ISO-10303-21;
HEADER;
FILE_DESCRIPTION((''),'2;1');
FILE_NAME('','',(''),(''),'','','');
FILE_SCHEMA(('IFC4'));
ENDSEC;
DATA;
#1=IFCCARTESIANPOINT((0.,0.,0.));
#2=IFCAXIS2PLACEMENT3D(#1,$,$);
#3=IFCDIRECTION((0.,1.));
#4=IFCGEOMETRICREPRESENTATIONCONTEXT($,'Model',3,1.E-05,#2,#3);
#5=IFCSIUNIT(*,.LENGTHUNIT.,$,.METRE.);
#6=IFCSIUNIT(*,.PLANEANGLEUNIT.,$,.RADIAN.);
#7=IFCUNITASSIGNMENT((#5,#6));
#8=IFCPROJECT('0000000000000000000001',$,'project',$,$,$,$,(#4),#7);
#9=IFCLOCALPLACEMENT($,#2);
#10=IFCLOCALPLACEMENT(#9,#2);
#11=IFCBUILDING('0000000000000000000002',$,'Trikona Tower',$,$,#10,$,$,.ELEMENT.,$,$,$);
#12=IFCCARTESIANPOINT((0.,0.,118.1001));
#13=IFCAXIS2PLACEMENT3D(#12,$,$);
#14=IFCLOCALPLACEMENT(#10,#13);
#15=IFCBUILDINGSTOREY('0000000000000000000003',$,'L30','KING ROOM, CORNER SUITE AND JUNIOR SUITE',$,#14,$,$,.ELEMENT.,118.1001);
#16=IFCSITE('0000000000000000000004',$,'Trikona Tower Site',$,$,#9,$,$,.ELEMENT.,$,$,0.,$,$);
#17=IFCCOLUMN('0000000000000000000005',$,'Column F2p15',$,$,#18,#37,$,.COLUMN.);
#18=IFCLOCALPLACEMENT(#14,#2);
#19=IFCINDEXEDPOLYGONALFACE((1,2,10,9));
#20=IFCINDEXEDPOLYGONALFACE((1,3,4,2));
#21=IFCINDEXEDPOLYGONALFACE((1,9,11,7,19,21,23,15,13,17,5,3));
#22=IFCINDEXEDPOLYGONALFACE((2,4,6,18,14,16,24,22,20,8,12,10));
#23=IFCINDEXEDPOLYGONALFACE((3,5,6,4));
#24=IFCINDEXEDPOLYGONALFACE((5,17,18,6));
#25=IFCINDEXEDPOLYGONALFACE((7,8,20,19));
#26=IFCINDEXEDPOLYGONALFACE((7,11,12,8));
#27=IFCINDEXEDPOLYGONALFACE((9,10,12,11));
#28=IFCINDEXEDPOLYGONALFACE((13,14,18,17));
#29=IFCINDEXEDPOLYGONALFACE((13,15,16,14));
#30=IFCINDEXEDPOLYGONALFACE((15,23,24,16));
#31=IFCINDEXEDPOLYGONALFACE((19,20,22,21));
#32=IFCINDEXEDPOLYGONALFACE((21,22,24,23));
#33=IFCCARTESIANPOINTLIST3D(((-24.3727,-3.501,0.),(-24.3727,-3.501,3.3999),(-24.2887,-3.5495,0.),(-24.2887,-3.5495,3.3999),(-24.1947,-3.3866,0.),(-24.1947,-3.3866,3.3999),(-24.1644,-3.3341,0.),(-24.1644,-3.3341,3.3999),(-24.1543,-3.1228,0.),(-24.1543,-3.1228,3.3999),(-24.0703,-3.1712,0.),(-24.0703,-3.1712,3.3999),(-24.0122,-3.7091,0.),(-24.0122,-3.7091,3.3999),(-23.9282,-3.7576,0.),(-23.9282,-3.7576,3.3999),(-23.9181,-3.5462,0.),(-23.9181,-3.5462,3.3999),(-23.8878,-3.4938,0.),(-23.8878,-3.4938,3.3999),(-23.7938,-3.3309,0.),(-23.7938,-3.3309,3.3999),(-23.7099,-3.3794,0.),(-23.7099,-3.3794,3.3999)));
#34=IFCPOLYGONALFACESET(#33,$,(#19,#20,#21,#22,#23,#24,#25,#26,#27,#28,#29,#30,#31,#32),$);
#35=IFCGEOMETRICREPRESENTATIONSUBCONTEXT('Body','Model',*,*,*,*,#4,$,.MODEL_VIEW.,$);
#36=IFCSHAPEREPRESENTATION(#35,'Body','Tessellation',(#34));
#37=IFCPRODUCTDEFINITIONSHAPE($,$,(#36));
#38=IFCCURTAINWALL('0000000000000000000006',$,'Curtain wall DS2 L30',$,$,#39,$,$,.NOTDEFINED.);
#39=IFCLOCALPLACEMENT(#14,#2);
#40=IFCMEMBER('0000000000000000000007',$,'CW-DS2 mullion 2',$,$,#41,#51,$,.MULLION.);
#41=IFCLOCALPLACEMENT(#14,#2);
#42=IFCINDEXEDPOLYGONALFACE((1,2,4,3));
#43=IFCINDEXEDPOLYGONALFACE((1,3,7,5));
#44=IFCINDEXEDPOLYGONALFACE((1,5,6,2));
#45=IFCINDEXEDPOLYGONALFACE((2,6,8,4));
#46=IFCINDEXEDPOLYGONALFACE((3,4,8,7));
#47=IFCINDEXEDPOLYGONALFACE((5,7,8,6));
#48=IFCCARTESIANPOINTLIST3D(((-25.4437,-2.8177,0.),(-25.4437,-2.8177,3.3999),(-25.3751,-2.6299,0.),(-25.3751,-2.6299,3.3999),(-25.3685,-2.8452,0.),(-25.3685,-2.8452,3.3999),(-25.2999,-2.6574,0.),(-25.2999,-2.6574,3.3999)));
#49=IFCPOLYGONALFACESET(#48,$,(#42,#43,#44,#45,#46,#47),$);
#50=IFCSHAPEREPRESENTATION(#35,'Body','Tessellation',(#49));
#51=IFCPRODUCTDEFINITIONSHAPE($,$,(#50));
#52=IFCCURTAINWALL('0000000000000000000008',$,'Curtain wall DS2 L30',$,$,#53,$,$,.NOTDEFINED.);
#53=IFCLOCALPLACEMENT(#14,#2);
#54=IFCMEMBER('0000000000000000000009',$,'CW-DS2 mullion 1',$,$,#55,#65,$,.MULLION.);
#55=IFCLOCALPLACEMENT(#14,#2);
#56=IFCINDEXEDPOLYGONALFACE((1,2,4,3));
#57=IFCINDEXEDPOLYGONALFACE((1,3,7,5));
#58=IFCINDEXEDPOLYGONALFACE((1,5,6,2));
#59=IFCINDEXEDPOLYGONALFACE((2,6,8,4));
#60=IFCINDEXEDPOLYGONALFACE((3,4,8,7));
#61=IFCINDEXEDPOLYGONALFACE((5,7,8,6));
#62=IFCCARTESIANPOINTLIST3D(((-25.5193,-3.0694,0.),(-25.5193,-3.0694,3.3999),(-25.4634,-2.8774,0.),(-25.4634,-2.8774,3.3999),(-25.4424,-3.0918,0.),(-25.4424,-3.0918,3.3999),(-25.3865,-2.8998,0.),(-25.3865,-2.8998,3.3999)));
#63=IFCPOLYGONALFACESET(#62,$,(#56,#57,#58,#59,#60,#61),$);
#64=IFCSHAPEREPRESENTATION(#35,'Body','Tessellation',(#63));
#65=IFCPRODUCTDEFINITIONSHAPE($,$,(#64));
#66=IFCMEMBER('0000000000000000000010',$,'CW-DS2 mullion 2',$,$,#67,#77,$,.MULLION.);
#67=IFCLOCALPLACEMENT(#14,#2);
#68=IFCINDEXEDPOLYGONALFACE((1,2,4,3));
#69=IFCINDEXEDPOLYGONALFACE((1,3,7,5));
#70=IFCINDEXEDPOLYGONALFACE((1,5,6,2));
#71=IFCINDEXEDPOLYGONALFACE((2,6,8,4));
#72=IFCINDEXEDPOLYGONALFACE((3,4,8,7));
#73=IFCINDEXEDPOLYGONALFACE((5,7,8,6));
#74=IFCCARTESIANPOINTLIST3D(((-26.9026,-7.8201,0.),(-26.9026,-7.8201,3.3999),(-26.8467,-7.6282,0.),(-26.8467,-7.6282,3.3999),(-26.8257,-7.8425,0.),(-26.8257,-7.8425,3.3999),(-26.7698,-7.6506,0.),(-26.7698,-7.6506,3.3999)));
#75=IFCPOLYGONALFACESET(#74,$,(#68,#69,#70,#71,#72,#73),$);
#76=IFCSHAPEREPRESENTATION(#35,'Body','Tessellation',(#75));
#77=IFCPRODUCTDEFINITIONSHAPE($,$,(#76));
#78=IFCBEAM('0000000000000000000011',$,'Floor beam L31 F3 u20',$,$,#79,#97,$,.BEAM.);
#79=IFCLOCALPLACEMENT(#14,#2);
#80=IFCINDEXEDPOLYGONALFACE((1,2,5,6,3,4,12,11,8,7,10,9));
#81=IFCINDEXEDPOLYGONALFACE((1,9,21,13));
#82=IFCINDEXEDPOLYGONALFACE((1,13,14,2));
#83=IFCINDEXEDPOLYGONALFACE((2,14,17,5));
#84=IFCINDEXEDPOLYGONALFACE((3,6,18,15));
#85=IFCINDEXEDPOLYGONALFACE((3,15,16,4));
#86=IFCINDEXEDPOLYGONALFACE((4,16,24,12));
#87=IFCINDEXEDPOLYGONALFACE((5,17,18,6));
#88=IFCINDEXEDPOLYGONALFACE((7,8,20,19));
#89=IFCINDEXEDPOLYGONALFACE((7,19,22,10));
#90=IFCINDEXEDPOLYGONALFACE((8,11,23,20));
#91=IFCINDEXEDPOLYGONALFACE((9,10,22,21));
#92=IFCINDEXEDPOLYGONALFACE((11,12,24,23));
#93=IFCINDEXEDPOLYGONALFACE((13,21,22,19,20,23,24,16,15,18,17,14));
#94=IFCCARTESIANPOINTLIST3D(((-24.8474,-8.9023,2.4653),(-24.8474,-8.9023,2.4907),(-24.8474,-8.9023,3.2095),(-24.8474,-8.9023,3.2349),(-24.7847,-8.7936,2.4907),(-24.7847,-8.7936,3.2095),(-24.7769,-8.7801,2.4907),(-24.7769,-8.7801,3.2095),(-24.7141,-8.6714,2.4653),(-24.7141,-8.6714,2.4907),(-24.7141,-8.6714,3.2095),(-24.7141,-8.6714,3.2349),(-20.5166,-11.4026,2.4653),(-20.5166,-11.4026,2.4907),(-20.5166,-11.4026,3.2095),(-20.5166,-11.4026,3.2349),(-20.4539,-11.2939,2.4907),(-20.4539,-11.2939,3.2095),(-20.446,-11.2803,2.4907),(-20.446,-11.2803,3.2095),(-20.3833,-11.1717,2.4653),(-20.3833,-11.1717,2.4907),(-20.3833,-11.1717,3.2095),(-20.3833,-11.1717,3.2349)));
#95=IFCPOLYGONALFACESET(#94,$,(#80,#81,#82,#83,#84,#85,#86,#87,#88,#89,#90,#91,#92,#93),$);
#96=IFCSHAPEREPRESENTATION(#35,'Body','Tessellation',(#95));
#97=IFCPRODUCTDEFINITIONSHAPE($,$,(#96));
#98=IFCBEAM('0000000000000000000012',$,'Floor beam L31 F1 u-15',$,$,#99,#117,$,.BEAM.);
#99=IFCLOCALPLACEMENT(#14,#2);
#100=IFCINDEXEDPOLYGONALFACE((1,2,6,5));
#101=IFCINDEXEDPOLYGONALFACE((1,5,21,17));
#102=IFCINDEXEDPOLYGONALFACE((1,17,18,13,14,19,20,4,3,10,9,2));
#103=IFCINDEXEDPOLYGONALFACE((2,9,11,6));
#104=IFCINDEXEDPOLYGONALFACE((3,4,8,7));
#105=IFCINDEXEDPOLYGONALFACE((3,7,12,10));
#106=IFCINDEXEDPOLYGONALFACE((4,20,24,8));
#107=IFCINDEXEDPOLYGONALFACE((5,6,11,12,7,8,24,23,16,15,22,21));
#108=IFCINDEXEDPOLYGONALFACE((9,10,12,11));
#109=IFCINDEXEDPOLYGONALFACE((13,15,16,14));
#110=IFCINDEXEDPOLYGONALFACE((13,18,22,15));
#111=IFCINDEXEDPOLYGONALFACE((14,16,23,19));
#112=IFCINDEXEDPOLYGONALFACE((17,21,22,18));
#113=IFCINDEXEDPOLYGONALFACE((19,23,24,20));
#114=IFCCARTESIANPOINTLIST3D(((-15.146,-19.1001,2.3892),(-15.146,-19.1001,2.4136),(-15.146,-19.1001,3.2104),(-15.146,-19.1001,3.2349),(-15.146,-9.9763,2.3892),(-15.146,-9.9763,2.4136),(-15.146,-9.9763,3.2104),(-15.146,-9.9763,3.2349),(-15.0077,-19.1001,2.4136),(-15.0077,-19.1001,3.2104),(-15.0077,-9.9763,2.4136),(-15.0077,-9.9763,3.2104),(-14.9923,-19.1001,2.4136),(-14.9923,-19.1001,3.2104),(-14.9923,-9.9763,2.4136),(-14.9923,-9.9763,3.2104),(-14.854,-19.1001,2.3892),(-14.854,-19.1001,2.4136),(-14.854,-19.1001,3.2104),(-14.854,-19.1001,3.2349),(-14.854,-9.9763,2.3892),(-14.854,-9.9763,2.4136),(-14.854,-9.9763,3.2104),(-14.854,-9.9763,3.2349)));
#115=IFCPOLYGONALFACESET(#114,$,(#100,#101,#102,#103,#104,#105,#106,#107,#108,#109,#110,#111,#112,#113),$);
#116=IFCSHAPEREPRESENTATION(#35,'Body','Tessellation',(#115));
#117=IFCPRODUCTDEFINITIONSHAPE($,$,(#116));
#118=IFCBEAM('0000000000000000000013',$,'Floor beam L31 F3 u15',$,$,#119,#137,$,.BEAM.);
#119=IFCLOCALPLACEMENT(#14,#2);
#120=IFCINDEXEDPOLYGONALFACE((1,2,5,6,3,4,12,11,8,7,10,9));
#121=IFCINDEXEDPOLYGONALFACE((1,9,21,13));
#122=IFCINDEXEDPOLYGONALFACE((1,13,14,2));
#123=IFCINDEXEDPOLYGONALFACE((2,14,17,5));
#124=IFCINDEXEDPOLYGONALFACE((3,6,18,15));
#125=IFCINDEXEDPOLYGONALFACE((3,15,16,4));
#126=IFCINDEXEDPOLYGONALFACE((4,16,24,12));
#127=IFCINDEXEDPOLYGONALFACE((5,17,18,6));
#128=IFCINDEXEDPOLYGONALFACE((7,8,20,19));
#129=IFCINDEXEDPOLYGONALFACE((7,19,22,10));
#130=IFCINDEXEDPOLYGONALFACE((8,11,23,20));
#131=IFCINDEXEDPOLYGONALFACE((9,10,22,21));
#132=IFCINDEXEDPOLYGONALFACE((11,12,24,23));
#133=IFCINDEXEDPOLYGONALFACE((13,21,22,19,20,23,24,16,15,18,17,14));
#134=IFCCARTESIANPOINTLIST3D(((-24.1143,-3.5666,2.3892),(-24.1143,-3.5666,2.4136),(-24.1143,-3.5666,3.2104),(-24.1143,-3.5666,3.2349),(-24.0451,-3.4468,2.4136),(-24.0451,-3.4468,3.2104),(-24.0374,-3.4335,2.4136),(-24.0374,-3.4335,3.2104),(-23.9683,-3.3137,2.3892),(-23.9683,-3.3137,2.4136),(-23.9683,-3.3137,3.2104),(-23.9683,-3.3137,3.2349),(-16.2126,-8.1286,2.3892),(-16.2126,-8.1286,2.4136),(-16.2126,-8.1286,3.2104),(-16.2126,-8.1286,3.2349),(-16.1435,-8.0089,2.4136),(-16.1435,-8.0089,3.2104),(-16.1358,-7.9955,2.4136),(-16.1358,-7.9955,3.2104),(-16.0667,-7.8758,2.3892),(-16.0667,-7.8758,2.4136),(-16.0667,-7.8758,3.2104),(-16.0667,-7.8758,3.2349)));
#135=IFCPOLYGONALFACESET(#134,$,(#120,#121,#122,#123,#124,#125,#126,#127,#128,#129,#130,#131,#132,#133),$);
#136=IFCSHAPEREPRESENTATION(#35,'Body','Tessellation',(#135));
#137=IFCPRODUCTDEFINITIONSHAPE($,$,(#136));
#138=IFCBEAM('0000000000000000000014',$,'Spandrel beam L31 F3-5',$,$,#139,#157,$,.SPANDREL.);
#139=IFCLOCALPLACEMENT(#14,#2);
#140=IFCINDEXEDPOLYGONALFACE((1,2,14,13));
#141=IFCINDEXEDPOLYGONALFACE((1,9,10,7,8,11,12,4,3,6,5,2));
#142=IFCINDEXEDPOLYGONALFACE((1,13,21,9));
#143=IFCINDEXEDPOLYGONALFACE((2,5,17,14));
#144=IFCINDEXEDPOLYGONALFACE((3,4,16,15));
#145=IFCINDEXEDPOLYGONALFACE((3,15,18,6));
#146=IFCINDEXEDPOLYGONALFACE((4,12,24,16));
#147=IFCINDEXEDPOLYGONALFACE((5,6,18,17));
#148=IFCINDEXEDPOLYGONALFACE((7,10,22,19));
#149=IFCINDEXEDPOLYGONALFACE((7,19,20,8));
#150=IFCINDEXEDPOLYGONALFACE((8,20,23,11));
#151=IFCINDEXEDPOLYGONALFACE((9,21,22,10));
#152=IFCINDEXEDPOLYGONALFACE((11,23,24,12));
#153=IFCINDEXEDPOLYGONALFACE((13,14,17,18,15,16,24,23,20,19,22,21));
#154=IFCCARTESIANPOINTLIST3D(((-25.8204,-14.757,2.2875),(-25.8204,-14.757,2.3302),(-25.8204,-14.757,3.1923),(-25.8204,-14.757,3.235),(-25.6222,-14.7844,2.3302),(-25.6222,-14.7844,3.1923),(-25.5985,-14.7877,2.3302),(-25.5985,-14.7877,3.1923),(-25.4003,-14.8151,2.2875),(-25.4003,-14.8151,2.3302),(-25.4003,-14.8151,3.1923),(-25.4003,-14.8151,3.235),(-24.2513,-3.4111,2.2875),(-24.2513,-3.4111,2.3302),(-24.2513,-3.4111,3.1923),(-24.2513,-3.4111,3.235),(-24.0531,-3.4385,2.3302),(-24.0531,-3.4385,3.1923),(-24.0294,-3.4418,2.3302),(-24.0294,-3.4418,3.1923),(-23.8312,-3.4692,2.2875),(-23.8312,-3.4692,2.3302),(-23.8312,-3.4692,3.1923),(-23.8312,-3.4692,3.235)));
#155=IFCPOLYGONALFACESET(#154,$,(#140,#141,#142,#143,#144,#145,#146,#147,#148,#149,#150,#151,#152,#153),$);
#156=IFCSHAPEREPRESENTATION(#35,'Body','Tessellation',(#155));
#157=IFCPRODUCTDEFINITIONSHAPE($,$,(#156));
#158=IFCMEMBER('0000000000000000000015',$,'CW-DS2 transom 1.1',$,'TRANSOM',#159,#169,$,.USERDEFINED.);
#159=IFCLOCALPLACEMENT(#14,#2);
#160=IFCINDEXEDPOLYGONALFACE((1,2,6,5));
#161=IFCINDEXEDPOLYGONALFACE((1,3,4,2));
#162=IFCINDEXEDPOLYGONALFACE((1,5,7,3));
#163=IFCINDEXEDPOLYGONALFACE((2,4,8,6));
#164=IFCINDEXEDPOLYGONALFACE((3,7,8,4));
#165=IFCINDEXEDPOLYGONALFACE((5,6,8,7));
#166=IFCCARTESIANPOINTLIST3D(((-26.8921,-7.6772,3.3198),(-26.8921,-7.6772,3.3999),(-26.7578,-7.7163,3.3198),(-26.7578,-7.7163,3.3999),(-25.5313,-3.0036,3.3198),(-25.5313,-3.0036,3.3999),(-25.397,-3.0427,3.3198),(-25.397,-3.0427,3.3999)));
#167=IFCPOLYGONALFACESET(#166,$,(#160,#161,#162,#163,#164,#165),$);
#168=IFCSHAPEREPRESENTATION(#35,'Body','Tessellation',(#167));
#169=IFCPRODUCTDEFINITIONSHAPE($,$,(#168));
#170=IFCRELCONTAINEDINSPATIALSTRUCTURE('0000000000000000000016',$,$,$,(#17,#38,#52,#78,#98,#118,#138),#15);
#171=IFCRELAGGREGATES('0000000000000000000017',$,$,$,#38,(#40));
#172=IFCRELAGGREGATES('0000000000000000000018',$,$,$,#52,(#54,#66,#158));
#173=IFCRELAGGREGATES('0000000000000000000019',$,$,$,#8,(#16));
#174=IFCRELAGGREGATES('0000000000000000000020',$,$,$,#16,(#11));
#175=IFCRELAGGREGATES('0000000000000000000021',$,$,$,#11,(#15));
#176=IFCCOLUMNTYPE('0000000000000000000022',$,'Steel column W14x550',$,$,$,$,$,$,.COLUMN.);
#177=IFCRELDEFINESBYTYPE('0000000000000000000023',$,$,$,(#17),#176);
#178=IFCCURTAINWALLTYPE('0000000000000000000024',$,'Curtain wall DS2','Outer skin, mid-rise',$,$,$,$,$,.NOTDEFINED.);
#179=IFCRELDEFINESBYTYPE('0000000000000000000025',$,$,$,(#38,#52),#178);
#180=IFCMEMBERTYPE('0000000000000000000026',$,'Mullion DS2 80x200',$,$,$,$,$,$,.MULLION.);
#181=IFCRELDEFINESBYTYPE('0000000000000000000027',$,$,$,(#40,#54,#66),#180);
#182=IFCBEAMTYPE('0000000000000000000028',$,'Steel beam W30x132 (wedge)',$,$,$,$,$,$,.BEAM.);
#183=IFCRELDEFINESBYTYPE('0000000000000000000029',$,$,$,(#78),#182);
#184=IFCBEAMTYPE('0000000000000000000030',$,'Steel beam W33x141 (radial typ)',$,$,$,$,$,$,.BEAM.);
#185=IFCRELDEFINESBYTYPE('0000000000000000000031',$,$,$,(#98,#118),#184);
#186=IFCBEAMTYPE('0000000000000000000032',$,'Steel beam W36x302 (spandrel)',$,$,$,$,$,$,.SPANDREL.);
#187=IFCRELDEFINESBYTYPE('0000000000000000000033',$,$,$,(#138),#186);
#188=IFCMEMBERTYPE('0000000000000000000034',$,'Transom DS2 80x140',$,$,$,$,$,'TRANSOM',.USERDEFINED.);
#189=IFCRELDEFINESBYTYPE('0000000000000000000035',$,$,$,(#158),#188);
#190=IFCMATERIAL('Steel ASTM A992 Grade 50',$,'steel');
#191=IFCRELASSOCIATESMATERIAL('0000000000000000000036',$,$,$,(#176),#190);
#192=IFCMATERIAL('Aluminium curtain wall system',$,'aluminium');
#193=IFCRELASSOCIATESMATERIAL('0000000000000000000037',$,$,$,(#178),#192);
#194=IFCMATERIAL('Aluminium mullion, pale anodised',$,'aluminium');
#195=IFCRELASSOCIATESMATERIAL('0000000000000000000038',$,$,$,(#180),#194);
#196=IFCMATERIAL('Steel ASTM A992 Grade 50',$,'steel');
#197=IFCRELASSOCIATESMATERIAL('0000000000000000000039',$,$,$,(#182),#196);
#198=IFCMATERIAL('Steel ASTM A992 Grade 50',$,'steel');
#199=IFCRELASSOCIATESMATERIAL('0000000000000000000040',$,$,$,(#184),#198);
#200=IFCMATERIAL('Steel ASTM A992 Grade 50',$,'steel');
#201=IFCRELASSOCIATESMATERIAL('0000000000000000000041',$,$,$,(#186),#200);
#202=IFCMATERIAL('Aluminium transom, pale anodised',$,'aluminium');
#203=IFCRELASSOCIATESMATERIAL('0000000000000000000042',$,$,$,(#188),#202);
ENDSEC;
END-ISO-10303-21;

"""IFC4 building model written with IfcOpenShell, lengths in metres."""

from ifc_helpers import new_model, si_unit, direction, frame, origin, origin_2d, place, context, subcontext, project, spatial, rectangle, i_section, extrude, material, material_profile, profile_set, type_object, element, aggregate, save


model = new_model("IFC4")

# Units and contexts
model_context = context("Model", 3, precision=1e-05, world=origin(), true_north=direction((0.0, 1.0)))
body_context = subcontext(model_context, "Body", "Model", "MODEL_VIEW")
ifc_project = project(units=[si_unit("LENGTHUNIT", "METRE"), si_unit("PLANEANGLEUNIT", "RADIAN")], contexts=[model_context])

# Site, building, storey
site_placement = place(None, origin())
site = spatial("IfcSite", under=ifc_project, at=site_placement, Name="Trikona Tower Site", CompositionType="ELEMENT", RefElevation=0.0)
building_placement = place(site_placement, origin())
building = spatial("IfcBuilding", under=site, at=building_placement, Name="Trikona Tower", CompositionType="ELEMENT")
storey_placement = place(building_placement, frame((0.0, 0.0, 118.1001)))
storey = spatial("IfcBuildingStorey", under=building, at=storey_placement, Name="L30", Description="KING ROOM, CORNER SUITE AND JUNIOR SUITE", CompositionType="ELEMENT", Elevation=118.1001)

# Column
ifc_material_1 = material(Name="Steel ASTM A992 Grade 50", Category="steel")
ifc_material_profile_1 = material_profile(ifc_material_1, i_section(OverallWidth=0.4368, OverallDepth=0.5132, WebThickness=0.0605, FlangeThickness=0.0969, at=origin_2d()), Name="W14X550")
ifc_profile_set_1 = profile_set([ifc_material_profile_1], Name="Steel ASTM A992 Grade 50")
column_type = type_object("IfcColumnType", Name="Steel column W14x550", PredefinedType="COLUMN", material=ifc_profile_set_1)
column_placement = place(storey_placement, frame((-24.0413, -3.4402, 0.0), z_axis=(0.0, 0.0, 1.0), x_axis=(-0.5, -0.866025, 0.0)))
element("IfcColumn", 1, at=column_placement, inside=storey, type_object=column_type, Name="Column F2p15", PredefinedType="COLUMN", context=body_context, shape_type="SweptSolid", body=[
    extrude(i_section(OverallWidth=0.4368, OverallDepth=0.5132, WebThickness=0.0605, FlangeThickness=0.0969, at=origin_2d()), origin(), (0.0, 0.0, 1.0), 3.3999),
])

# Curtain wall, member
ifc_material_2 = material(Name="Aluminium curtain wall system", Category="aluminium")
curtain_wall_type = type_object("IfcCurtainWallType", Name="Curtain wall DS2", Description="Outer skin, mid-rise", PredefinedType="NOTDEFINED", material=ifc_material_2)
curtain_wall_1_placement = place(storey_placement, origin())
curtain_wall_1 = element("IfcCurtainWall", 2, at=curtain_wall_1_placement, inside=storey, type_object=curtain_wall_type, Name="Curtain wall DS2 L30", PredefinedType="NOTDEFINED")
ifc_material_3 = material(Name="Aluminium mullion, pale anodised", Category="aluminium")
ifc_material_profile_2 = material_profile(ifc_material_3, rectangle(XDim=0.0801, YDim=0.2, at=origin_2d()), Name="MUL-DS2")
ifc_profile_set_2 = profile_set([ifc_material_profile_2], Name="Aluminium mullion, pale anodised")
member_type_1 = type_object("IfcMemberType", Name="Mullion DS2 80x200", PredefinedType="MULLION", material=ifc_profile_set_2)
member_1_placement = place(storey_placement, frame((-25.3718, -2.7375, 0.0), z_axis=(0.0, 0.0, 1.0), x_axis=(0.939254, -0.343223, 0.0)))
member_1 = element("IfcMember", 3, at=member_1_placement, type_object=member_type_1, Name="CW-DS2 mullion 2", PredefinedType="MULLION", context=body_context, shape_type="SweptSolid", body=[
    extrude(rectangle(XDim=0.0801, YDim=0.2, at=origin_2d()), origin(), (0.0, 0.0, 1.0), 3.3999),
])
aggregate(curtain_wall_1, [member_1])

# Curtain wall, members
curtain_wall_2_placement = place(storey_placement, origin())
curtain_wall_2 = element("IfcCurtainWall", 4, at=curtain_wall_2_placement, inside=storey, type_object=curtain_wall_type, Name="Curtain wall DS2 L30", PredefinedType="NOTDEFINED")
member_2_placement = place(storey_placement, frame((-25.4529, -2.9846, 0.0), z_axis=(0.0, 0.0, 1.0), x_axis=(0.960133, -0.279543, 0.0)))
member_2 = element("IfcMember", 5, at=member_2_placement, type_object=member_type_1, Name="CW-DS2 mullion 1", PredefinedType="MULLION", context=body_context, shape_type="SweptSolid", body=[
    extrude(rectangle(XDim=0.0801, YDim=0.2, at=origin_2d()), origin(), (0.0, 0.0, 1.0), 3.3999),
])
member_3_placement = place(storey_placement, frame((-26.8362, -7.7354, 0.0), z_axis=(0.0, 0.0, 1.0), x_axis=(0.960133, -0.279543, 0.0)))
member_3 = element("IfcMember", 6, at=member_3_placement, type_object=member_type_1, Name="CW-DS2 mullion 2", PredefinedType="MULLION", context=body_context, shape_type="SweptSolid", body=[
    extrude(rectangle(XDim=0.0801, YDim=0.2, at=origin_2d()), origin(), (0.0, 0.0, 1.0), 3.3999),
])

# Beams
ifc_material_4 = material(Name="Steel ASTM A992 Grade 50", Category="steel")
ifc_material_profile_3 = material_profile(ifc_material_4, i_section(OverallWidth=0.2666, OverallDepth=0.7695, WebThickness=0.0156, FlangeThickness=0.0254, at=origin_2d()), Name="W30X132")
ifc_profile_set_3 = profile_set([ifc_material_profile_3], Name="Steel ASTM A992 Grade 50")
beam_type_1 = type_object("IfcBeamType", Name="Steel beam W30x132 (wedge)", PredefinedType="BEAM", material=ifc_profile_set_3)
beam_1_placement = place(storey_placement, frame((-20.45, -11.2871, 2.8501), z_axis=(-0.866038, 0.499977, 0.0), x_axis=(-0.499977, -0.866038, 0.0)))
element("IfcBeam", 7, at=beam_1_placement, inside=storey, type_object=beam_type_1, Name="Floor beam L31 F3 u20", PredefinedType="BEAM", context=body_context, shape_type="SweptSolid", body=[
    extrude(i_section(OverallWidth=0.2666, OverallDepth=0.7695, WebThickness=0.0156, FlangeThickness=0.0254, at=origin_2d()), origin(), (0.0, 0.0, 1.0), 5.0007),
])
ifc_material_5 = material(Name="Steel ASTM A992 Grade 50", Category="steel")
ifc_material_profile_4 = material_profile(ifc_material_5, i_section(OverallWidth=0.292, OverallDepth=0.8457, WebThickness=0.0154, FlangeThickness=0.0244, at=origin_2d()), Name="W33X141")
ifc_profile_set_4 = profile_set([ifc_material_profile_4], Name="Steel ASTM A992 Grade 50")
beam_type_2 = type_object("IfcBeamType", Name="Steel beam W33x141 (radial typ)", PredefinedType="BEAM", material=ifc_profile_set_4)
beam_2_placement = place(storey_placement, frame((-15.0, -9.9763, 2.812), z_axis=(0.0, -1.0, 0.0), x_axis=(1.0, 0.0, 0.0)))
element("IfcBeam", 8, at=beam_2_placement, inside=storey, type_object=beam_type_2, Name="Floor beam L31 F1 u-15", PredefinedType="BEAM", context=body_context, shape_type="SweptSolid", body=[
    extrude(i_section(OverallWidth=0.292, OverallDepth=0.8457, WebThickness=0.0154, FlangeThickness=0.0244, at=origin_2d()), origin(), (0.0, 0.0, 1.0), 9.1238),
])
beam_3_placement = place(storey_placement, frame((-16.1396, -8.0022, 2.812), z_axis=(-0.866025, 0.500001, 0.0), x_axis=(-0.500001, -0.866025, 0.0)))
element("IfcBeam", 9, at=beam_3_placement, inside=storey, type_object=beam_type_2, Name="Floor beam L31 F3 u15", PredefinedType="BEAM", context=body_context, shape_type="SweptSolid", body=[
    extrude(i_section(OverallWidth=0.292, OverallDepth=0.8457, WebThickness=0.0154, FlangeThickness=0.0244, at=origin_2d()), origin(), (0.0, 0.0, 1.0), 9.124),
])
ifc_material_6 = material(Name="Steel ASTM A992 Grade 50", Category="steel")
ifc_material_profile_5 = material_profile(ifc_material_6, i_section(OverallWidth=0.4241, OverallDepth=0.9475, WebThickness=0.0239, FlangeThickness=0.0427, at=origin_2d()), Name="W36X302")
ifc_profile_set_5 = profile_set([ifc_material_profile_5], Name="Steel ASTM A992 Grade 50")
beam_type_3 = type_object("IfcBeamType", Name="Steel beam W36x302 (spandrel)", PredefinedType="SPANDREL", material=ifc_profile_set_5)
beam_4_placement = place(storey_placement, frame((-24.0413, -3.4402, 2.7612), z_axis=(-0.136992, -0.990572, 0.0), x_axis=(0.990572, -0.136992, 0.0)))
element("IfcBeam", 10, at=beam_4_placement, inside=storey, type_object=beam_type_3, Name="Spandrel beam L31 F3-5", PredefinedType="SPANDREL", context=body_context, shape_type="SweptSolid", body=[
    extrude(i_section(OverallWidth=0.4241, OverallDepth=0.9475, WebThickness=0.0239, FlangeThickness=0.0427, at=origin_2d()), origin(), (0.0, 0.0, 1.0), 11.4539),
])

# Member
ifc_material_7 = material(Name="Aluminium transom, pale anodised", Category="aluminium")
ifc_material_profile_6 = material_profile(ifc_material_7, rectangle(XDim=0.1399, YDim=0.0801, at=origin_2d()), Name="TRN-DS2")
ifc_profile_set_6 = profile_set([ifc_material_profile_6], Name="Aluminium transom, pale anodised")
member_type_2 = type_object("IfcMemberType", Name="Transom DS2 80x140", ElementType="TRANSOM", PredefinedType="USERDEFINED", material=ifc_profile_set_6)
member_4_placement = place(storey_placement, frame((-25.4641, -3.0232, 3.3599), z_axis=(-0.279567, -0.960126, 0.0), x_axis=(0.960126, -0.279567, 0.0)))
member_4 = element("IfcMember", 11, at=member_4_placement, type_object=member_type_2, Name="CW-DS2 transom 1.1", ObjectType="TRANSOM", PredefinedType="USERDEFINED", context=body_context, shape_type="SweptSolid", body=[
    extrude(rectangle(XDim=0.1399, YDim=0.0801, at=origin_2d()), origin(), (0.0, 0.0, 1.0), 4.8677),
])

aggregate(curtain_wall_2, [member_2, member_3, member_4])

save(model, "model.ifc")
